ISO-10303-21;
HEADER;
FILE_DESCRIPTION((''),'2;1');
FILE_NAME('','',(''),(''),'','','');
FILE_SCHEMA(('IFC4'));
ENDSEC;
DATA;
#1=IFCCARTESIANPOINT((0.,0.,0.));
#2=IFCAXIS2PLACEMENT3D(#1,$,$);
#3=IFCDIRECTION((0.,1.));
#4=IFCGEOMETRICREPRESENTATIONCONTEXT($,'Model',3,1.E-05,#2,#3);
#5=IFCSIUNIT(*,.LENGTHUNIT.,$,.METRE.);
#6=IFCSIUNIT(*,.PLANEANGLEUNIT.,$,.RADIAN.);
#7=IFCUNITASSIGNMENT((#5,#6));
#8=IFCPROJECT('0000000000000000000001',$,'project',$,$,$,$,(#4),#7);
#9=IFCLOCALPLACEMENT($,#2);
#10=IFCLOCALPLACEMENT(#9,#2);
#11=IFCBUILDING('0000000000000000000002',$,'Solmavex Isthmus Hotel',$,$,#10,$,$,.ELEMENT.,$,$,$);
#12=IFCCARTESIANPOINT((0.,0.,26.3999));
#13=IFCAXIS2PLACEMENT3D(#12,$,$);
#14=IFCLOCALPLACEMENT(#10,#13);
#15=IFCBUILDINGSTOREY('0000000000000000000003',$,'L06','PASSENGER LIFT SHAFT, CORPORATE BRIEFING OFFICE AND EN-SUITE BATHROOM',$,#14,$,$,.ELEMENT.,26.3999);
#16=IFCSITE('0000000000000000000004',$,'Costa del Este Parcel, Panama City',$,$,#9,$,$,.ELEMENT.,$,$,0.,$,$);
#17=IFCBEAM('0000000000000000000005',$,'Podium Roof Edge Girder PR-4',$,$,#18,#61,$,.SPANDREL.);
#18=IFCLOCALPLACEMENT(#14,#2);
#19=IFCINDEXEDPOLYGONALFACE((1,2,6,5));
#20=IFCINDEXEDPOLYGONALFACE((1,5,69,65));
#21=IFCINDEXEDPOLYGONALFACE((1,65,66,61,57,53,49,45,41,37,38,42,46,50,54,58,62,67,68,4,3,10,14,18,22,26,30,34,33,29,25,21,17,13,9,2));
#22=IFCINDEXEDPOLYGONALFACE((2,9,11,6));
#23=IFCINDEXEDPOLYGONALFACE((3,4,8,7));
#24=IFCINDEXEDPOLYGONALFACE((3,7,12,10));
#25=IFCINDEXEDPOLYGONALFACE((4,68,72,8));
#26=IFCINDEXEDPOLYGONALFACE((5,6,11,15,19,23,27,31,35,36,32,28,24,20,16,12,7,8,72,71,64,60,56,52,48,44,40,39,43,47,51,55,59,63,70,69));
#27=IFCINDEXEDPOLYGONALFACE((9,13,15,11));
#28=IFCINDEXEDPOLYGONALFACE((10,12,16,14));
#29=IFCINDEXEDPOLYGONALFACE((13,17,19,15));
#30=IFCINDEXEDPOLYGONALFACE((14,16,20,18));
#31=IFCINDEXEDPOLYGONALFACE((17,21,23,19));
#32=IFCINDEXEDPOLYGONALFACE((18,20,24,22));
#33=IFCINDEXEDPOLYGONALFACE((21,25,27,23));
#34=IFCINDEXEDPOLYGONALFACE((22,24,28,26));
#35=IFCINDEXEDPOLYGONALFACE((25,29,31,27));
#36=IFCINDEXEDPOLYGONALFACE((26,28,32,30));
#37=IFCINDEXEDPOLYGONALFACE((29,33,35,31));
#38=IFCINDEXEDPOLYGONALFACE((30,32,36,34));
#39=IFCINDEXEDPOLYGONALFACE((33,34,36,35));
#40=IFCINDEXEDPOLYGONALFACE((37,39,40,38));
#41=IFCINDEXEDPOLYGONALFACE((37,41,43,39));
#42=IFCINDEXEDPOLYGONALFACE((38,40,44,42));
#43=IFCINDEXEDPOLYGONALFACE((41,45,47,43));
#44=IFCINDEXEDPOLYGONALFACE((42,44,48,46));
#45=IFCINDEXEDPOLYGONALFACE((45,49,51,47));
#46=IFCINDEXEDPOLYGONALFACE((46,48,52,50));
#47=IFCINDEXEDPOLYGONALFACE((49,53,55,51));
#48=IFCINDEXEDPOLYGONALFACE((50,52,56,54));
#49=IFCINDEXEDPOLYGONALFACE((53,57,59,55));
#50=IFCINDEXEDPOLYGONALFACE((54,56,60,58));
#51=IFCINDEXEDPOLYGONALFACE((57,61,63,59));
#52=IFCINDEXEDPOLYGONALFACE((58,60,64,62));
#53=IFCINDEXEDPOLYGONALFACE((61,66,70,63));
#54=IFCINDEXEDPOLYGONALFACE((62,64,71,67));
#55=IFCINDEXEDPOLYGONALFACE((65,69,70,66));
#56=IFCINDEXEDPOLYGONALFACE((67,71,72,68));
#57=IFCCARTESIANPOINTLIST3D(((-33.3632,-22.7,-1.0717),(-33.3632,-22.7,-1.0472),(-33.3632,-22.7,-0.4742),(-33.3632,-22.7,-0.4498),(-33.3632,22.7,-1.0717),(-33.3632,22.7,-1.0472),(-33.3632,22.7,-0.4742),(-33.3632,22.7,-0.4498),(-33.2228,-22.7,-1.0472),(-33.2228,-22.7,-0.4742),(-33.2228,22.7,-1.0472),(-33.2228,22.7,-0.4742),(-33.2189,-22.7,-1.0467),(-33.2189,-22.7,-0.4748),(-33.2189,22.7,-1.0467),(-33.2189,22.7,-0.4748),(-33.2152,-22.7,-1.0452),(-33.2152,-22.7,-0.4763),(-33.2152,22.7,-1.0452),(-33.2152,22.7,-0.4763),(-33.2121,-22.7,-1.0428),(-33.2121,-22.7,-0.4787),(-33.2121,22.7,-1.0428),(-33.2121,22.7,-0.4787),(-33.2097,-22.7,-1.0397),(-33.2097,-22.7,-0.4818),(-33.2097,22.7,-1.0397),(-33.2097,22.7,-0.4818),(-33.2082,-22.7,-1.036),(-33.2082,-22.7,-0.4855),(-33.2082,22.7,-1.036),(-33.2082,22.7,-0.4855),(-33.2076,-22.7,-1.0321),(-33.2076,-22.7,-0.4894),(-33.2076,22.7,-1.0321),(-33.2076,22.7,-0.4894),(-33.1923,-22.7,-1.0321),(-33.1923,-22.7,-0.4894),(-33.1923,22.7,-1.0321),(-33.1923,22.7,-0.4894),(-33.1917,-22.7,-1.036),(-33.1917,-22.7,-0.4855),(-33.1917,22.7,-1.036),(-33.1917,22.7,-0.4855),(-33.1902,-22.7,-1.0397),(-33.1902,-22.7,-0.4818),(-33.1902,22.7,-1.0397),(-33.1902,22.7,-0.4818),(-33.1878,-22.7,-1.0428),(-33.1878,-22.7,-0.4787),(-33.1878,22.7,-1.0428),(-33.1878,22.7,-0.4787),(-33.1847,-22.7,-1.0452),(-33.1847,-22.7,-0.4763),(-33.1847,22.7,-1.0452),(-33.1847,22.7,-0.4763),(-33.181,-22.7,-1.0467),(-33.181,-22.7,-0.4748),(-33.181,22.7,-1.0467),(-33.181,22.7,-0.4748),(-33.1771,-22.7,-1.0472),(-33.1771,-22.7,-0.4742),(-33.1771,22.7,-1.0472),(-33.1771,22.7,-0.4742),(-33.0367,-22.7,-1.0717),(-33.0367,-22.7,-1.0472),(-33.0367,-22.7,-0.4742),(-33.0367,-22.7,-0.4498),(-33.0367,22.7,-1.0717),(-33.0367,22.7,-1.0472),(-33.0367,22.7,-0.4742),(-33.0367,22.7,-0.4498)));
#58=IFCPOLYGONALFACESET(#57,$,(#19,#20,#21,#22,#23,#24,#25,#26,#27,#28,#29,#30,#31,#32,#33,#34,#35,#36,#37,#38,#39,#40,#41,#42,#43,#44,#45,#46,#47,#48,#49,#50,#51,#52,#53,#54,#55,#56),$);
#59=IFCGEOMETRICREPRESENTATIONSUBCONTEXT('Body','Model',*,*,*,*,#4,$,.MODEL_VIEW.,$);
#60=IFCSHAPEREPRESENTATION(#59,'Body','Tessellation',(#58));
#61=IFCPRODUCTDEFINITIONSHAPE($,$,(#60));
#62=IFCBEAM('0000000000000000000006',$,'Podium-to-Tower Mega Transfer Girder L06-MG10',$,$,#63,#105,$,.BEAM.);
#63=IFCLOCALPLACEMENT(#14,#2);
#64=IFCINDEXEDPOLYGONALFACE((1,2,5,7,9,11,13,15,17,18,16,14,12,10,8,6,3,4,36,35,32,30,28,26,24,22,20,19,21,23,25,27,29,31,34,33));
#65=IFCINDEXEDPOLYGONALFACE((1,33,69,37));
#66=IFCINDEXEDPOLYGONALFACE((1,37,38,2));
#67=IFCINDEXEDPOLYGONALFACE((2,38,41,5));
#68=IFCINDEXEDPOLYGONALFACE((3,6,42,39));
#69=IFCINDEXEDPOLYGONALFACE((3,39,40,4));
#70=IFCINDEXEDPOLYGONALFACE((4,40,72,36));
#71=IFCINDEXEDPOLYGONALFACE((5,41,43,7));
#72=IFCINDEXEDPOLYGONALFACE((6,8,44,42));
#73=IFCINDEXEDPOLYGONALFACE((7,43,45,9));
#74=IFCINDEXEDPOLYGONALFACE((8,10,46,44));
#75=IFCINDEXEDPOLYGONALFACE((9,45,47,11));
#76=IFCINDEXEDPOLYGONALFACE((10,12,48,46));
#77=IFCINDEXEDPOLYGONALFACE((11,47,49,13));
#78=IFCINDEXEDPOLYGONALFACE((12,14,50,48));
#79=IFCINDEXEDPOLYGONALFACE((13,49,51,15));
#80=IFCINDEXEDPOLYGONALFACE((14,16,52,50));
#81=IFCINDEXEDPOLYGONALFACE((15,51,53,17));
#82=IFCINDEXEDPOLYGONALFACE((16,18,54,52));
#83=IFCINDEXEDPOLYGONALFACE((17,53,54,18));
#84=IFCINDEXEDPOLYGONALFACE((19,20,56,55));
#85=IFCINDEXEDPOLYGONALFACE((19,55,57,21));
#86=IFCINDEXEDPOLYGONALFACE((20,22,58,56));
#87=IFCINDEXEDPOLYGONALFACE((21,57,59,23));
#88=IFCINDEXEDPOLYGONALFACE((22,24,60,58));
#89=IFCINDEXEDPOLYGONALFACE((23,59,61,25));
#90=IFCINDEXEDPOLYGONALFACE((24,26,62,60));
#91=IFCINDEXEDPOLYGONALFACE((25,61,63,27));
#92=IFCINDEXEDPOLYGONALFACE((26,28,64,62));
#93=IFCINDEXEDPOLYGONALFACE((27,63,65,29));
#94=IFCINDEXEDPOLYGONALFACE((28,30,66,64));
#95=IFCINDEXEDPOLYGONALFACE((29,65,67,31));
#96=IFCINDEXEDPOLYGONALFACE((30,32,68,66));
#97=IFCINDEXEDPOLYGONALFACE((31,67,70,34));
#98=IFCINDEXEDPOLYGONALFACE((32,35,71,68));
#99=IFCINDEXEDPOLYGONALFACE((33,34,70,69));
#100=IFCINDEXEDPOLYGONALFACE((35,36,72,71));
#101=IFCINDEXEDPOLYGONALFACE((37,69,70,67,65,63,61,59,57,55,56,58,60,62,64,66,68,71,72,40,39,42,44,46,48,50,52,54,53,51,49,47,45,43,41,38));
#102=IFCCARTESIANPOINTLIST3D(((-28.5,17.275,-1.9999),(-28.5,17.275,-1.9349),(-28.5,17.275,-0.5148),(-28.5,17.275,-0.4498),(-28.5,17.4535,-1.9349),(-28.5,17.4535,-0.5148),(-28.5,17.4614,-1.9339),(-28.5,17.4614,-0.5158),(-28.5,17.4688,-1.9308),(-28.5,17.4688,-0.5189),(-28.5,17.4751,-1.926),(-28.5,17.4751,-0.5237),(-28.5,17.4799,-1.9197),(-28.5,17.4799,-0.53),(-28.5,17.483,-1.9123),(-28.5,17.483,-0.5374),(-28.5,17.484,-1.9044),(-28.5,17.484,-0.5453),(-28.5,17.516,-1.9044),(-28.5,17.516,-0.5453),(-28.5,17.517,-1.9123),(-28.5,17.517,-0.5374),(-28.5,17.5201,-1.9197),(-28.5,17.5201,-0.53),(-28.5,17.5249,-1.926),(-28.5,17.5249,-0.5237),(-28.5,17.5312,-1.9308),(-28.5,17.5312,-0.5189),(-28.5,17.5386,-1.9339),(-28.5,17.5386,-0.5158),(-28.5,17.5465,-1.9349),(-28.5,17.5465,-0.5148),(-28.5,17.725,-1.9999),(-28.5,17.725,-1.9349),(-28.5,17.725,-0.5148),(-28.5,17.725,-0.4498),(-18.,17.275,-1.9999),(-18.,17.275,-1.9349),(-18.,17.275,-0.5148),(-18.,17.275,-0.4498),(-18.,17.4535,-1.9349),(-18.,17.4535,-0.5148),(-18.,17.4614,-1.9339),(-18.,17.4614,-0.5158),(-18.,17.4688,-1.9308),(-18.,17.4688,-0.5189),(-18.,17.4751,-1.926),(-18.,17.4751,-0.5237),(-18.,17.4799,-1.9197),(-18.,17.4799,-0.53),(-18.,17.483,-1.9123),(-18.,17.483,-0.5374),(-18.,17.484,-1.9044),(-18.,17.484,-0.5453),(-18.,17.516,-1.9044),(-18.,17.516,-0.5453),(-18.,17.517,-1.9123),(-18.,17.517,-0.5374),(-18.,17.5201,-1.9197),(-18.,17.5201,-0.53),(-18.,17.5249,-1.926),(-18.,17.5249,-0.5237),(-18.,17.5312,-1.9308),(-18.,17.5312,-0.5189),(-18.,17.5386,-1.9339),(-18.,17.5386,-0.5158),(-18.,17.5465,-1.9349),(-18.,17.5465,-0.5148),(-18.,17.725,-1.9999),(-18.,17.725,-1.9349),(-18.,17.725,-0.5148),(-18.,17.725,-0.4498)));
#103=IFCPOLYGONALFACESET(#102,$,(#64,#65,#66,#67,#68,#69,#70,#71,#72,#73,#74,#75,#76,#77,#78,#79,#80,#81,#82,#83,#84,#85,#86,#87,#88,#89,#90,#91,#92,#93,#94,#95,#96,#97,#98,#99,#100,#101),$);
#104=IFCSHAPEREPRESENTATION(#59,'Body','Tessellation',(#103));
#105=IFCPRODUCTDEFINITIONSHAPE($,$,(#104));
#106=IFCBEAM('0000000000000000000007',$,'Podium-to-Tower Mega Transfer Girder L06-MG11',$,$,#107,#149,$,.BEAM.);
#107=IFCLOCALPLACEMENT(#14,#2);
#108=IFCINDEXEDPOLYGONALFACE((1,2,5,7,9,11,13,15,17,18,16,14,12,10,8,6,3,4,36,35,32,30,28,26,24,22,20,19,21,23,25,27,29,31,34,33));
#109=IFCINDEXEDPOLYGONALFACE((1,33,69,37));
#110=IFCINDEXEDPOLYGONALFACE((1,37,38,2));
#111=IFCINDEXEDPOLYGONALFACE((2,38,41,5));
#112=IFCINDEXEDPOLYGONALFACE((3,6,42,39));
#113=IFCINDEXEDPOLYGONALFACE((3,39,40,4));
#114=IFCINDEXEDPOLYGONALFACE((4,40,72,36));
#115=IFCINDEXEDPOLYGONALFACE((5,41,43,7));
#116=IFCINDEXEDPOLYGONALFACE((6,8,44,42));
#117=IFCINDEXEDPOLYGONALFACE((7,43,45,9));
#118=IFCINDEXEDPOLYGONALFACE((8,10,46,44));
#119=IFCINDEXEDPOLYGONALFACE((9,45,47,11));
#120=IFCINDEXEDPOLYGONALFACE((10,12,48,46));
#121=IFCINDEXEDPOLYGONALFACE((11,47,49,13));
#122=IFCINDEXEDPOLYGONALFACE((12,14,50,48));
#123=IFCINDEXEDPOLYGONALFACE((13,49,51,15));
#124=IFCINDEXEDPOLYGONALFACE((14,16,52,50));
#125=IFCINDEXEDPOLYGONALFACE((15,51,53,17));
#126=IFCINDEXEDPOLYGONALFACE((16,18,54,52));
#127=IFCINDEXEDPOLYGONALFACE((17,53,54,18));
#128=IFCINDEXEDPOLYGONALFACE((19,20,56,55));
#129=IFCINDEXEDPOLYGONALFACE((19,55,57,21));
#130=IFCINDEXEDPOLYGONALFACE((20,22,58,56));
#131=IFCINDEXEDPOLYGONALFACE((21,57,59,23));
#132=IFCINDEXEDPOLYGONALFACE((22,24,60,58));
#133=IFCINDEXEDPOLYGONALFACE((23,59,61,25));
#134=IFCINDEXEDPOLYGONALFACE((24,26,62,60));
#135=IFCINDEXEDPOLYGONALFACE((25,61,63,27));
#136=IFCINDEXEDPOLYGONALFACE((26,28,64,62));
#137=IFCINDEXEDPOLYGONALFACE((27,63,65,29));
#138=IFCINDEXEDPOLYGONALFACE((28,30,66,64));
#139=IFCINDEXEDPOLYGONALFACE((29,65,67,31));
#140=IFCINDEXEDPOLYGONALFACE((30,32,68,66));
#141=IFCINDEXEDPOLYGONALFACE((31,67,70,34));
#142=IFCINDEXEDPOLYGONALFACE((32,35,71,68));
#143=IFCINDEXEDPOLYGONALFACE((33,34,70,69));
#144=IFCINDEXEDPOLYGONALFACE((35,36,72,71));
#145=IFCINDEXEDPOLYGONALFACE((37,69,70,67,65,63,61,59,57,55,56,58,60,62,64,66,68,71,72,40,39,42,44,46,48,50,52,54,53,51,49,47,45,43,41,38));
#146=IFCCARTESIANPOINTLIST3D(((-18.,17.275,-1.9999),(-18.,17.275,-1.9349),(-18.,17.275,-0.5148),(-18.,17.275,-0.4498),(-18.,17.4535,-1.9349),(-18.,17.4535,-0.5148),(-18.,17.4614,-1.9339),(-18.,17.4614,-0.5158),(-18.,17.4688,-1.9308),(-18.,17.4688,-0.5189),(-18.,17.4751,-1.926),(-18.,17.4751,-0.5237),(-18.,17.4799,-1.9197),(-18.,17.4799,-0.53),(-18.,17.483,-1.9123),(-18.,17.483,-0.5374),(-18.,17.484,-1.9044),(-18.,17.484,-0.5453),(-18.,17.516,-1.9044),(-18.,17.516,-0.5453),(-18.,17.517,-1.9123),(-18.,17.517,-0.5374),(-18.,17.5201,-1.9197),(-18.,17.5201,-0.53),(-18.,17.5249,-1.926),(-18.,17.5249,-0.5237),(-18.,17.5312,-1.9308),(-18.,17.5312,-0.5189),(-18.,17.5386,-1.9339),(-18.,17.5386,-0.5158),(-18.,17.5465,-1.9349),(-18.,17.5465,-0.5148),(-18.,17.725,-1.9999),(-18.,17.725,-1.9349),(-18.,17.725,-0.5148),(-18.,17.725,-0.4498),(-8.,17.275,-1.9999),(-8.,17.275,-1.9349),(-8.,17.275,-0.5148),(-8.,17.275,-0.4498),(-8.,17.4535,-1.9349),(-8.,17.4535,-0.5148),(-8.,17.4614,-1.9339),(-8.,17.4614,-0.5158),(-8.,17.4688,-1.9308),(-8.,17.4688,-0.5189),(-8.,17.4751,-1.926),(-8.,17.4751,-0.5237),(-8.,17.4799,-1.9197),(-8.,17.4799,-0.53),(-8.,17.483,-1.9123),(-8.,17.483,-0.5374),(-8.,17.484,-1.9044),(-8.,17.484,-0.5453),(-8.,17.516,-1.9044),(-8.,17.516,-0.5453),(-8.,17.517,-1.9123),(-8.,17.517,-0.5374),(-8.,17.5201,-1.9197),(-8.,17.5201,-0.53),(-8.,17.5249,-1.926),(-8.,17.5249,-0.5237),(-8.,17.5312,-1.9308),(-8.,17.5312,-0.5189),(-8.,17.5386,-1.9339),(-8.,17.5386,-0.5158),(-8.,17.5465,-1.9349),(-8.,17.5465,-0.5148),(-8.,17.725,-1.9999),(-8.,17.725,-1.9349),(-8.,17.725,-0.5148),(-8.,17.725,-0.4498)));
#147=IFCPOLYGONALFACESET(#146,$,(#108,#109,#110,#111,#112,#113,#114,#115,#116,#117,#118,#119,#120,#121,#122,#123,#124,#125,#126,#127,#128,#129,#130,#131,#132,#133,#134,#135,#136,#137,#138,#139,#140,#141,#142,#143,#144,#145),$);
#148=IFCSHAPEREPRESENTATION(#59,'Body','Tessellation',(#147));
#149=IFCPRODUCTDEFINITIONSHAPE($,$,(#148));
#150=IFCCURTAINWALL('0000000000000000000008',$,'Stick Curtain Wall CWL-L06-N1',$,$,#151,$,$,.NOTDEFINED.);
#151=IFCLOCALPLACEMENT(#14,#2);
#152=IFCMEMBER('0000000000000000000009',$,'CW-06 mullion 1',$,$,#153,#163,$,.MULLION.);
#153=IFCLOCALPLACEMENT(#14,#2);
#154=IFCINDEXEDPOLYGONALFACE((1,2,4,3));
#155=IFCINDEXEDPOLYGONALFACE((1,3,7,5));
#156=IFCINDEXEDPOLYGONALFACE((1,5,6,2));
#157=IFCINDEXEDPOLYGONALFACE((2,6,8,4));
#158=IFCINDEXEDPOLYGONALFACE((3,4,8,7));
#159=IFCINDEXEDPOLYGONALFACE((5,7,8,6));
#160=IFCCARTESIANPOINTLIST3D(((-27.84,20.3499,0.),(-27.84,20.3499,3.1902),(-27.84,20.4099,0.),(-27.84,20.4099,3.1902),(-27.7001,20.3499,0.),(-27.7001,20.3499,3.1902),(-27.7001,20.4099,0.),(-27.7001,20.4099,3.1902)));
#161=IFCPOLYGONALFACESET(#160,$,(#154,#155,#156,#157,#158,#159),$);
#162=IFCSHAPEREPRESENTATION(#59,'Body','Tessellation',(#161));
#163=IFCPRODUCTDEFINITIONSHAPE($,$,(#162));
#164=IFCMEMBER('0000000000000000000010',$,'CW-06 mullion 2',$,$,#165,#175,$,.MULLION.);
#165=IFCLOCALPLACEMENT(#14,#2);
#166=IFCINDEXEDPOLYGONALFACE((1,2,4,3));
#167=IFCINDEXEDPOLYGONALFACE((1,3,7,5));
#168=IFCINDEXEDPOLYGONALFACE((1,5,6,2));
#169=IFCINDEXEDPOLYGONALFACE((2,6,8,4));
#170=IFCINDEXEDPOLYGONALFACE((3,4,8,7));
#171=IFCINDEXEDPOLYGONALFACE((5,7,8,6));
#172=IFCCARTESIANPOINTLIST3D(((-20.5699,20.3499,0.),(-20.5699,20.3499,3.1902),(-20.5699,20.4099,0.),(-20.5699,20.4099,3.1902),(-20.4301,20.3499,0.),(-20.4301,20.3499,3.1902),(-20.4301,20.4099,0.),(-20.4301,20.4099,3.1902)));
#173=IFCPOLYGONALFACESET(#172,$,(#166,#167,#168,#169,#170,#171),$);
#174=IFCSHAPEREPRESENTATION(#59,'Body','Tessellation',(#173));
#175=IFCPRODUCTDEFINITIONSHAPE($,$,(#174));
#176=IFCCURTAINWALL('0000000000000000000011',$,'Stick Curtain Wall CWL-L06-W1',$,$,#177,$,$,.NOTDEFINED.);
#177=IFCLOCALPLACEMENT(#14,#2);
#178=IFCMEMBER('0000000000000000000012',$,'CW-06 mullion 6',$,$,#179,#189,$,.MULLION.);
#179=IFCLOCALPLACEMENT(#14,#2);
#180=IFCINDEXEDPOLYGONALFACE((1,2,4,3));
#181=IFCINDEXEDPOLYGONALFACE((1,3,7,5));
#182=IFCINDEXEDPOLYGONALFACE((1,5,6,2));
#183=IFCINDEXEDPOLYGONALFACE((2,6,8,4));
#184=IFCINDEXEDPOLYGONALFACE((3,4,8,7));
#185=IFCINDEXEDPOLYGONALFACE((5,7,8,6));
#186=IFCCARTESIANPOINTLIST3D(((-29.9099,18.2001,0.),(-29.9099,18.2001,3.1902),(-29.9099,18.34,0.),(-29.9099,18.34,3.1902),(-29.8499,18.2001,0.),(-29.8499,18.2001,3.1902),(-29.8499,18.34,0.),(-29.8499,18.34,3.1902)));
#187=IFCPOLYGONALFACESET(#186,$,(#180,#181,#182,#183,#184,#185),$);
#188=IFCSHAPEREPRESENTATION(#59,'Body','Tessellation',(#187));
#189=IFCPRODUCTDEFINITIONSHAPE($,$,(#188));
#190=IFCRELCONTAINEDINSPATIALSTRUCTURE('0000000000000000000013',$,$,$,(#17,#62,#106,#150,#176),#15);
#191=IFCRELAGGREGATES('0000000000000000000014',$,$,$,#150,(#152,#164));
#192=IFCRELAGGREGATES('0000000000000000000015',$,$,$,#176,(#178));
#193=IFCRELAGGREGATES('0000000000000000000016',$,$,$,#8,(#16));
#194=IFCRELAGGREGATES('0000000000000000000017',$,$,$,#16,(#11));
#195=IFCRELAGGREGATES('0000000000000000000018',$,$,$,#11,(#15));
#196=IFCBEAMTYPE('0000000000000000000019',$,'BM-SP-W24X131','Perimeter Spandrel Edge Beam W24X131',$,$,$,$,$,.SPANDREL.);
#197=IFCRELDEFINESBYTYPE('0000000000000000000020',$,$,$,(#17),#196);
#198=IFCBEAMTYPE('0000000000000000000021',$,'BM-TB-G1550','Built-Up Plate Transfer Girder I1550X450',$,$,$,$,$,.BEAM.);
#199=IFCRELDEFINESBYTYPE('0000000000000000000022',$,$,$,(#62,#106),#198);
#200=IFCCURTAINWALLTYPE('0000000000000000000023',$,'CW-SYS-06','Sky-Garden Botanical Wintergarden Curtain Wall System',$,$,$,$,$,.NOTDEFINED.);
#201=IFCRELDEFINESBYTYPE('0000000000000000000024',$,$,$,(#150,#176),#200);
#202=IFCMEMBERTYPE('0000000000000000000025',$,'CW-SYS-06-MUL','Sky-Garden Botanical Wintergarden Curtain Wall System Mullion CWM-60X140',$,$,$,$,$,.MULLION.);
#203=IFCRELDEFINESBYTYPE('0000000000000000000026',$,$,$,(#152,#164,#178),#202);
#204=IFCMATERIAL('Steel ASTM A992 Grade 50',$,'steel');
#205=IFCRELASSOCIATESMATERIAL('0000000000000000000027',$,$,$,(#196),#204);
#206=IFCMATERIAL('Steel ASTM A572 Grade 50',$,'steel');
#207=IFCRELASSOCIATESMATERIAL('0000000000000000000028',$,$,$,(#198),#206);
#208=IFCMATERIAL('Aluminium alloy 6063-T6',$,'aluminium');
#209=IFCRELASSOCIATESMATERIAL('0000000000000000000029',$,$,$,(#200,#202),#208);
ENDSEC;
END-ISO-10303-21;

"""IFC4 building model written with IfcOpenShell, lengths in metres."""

from ifc_helpers import new_model, si_unit, direction, frame, origin, origin_2d, place, context, subcontext, project, spatial, rectangle, i_section, extrude, material, material_profile, profile_set, type_object, element, aggregate, save


model = new_model("IFC4")

# Units and contexts
model_context = context("Model", 3, precision=1e-05, world=origin(), true_north=direction((0.0, 1.0)))
body_context = subcontext(model_context, "Body", "Model", "MODEL_VIEW")
ifc_project = project(units=[si_unit("LENGTHUNIT", "METRE"), si_unit("PLANEANGLEUNIT", "RADIAN")], contexts=[model_context])

# Site, building, storey
site_placement = place(None, origin())
site = spatial("IfcSite", under=ifc_project, at=site_placement, Name="Costa del Este Parcel, Panama City", CompositionType="ELEMENT", RefElevation=0.0)
building_placement = place(site_placement, origin())
building = spatial("IfcBuilding", under=site, at=building_placement, Name="Solmavex Isthmus Hotel", CompositionType="ELEMENT")
storey_placement = place(building_placement, frame((0.0, 0.0, 26.3999)))
storey = spatial("IfcBuildingStorey", under=building, at=storey_placement, Name="L06", Description="PASSENGER LIFT SHAFT, CORPORATE BRIEFING OFFICE AND EN-SUITE BATHROOM", CompositionType="ELEMENT", Elevation=26.3999)

# Beams
ifc_material_1 = material(Name="Steel ASTM A992 Grade 50", Category="steel")
ifc_material_profile_1 = material_profile(ifc_material_1, i_section(OverallWidth=0.3264, OverallDepth=0.6218, WebThickness=0.0154, FlangeThickness=0.0244, FilletRadius=0.0151, at=origin_2d()), Name="W24X131")
ifc_profile_set_1 = profile_set([ifc_material_profile_1], Name="Steel ASTM A992 Grade 50")
beam_type_1 = type_object("IfcBeamType", Name="BM-SP-W24X131", Description="Perimeter Spandrel Edge Beam W24X131", PredefinedType="SPANDREL", material=ifc_profile_set_1)
beam_1_placement = place(storey_placement, frame((-33.2, 22.7, -0.7607), z_axis=(0.0, -1.0, 0.0), x_axis=(1.0, 0.0, 0.0)))
element("IfcBeam", 1, at=beam_1_placement, inside=storey, type_object=beam_type_1, Name="Podium Roof Edge Girder PR-4", PredefinedType="SPANDREL", context=body_context, shape_type="SweptSolid", body=[
    extrude(i_section(OverallWidth=0.3264, OverallDepth=0.6218, WebThickness=0.0154, FlangeThickness=0.0244, FilletRadius=0.0151, at=origin_2d()), origin(), (0.0, 0.0, 1.0), 45.3999),
])
ifc_material_2 = material(Name="Steel ASTM A572 Grade 50", Category="steel")
ifc_material_profile_2 = material_profile(ifc_material_2, i_section(OverallWidth=0.45, OverallDepth=1.55, WebThickness=0.032, FlangeThickness=0.0649, FilletRadius=0.0305, at=origin_2d()), Name="I1550X450")
ifc_profile_set_2 = profile_set([ifc_material_profile_2], Name="Steel ASTM A572 Grade 50")
beam_type_2 = type_object("IfcBeamType", Name="BM-TB-G1550", Description="Built-Up Plate Transfer Girder I1550X450", PredefinedType="BEAM", material=ifc_profile_set_2)
beam_2_placement = place(storey_placement, frame((-28.5, 17.5, -1.2249), z_axis=(1.0, 0.0, 0.0), x_axis=(0.0, 1.0, 0.0)))
element("IfcBeam", 2, at=beam_2_placement, inside=storey, type_object=beam_type_2, Name="Podium-to-Tower Mega Transfer Girder L06-MG10", PredefinedType="BEAM", context=body_context, shape_type="SweptSolid", body=[
    extrude(i_section(OverallWidth=0.45, OverallDepth=1.55, WebThickness=0.032, FlangeThickness=0.0649, FilletRadius=0.0305, at=origin_2d()), origin(), (0.0, 0.0, 1.0), 10.5),
])
beam_3_placement = place(storey_placement, frame((-18.0, 17.5, -1.2249), z_axis=(1.0, 0.0, 0.0), x_axis=(0.0, 1.0, 0.0)))
element("IfcBeam", 3, at=beam_3_placement, inside=storey, type_object=beam_type_2, Name="Podium-to-Tower Mega Transfer Girder L06-MG11", PredefinedType="BEAM", context=body_context, shape_type="SweptSolid", body=[
    extrude(i_section(OverallWidth=0.45, OverallDepth=1.55, WebThickness=0.032, FlangeThickness=0.0649, FilletRadius=0.0305, at=origin_2d()), origin(), (0.0, 0.0, 1.0), 10.0),
])

# Curtain wall, members
ifc_material_3 = material(Name="Aluminium alloy 6063-T6", Category="aluminium")
curtain_wall_type = type_object("IfcCurtainWallType", Name="CW-SYS-06", Description="Sky-Garden Botanical Wintergarden Curtain Wall System", PredefinedType="NOTDEFINED", material=ifc_material_3)
curtain_wall_1_placement = place(storey_placement, origin())
curtain_wall_1 = element("IfcCurtainWall", 4, at=curtain_wall_1_placement, inside=storey, type_object=curtain_wall_type, Name="Stick Curtain Wall CWL-L06-N1", PredefinedType="NOTDEFINED")
ifc_material_profile_3 = material_profile(ifc_material_3, rectangle(XDim=0.0601, YDim=0.1399, at=origin_2d()), Name="CWM-60X140")
ifc_profile_set_3 = profile_set([ifc_material_profile_3], Name="Aluminium alloy 6063-T6")
member_type_1 = type_object("IfcMemberType", Name="CW-SYS-06-MUL", Description="Sky-Garden Botanical Wintergarden Curtain Wall System Mullion CWM-60X140", PredefinedType="MULLION", material=ifc_profile_set_3)
member_1_placement = place(storey_placement, frame((-27.77, 20.3799, 0.0), z_axis=(0.0, 0.0, 1.0), x_axis=(0.0, 1.0, 0.0)))
member_1 = element("IfcMember", 5, at=member_1_placement, type_object=member_type_1, Name="CW-06 mullion 1", PredefinedType="MULLION", context=body_context, shape_type="SweptSolid", body=[
    extrude(rectangle(XDim=0.0601, YDim=0.1399, at=origin_2d()), origin(), (0.0, 0.0, 1.0), 3.1902),
])
member_2_placement = place(storey_placement, frame((-20.5, 20.3799, 0.0), z_axis=(0.0, 0.0, 1.0), x_axis=(0.0, 1.0, 0.0)))
member_2 = element("IfcMember", 6, at=member_2_placement, type_object=member_type_1, Name="CW-06 mullion 2", PredefinedType="MULLION", context=body_context, shape_type="SweptSolid", body=[
    extrude(rectangle(XDim=0.0601, YDim=0.1399, at=origin_2d()), origin(), (0.0, 0.0, 1.0), 3.1902),
])

# Curtain wall, member
curtain_wall_2_placement = place(storey_placement, origin())
curtain_wall_2 = element("IfcCurtainWall", 7, at=curtain_wall_2_placement, inside=storey, type_object=curtain_wall_type, Name="Stick Curtain Wall CWL-L06-W1", PredefinedType="NOTDEFINED")
member_3_placement = place(storey_placement, frame((-29.8799, 18.27, 0.0), z_axis=(0.0, 0.0, 1.0), x_axis=(-1.0, 0.0, 0.0)))
member_3 = element("IfcMember", 8, at=member_3_placement, type_object=member_type_1, Name="CW-06 mullion 6", PredefinedType="MULLION", context=body_context, shape_type="SweptSolid", body=[
    extrude(rectangle(XDim=0.0601, YDim=0.1399, at=origin_2d()), origin(), (0.0, 0.0, 1.0), 3.1902),
])

aggregate(curtain_wall_1, [member_1, member_2])
aggregate(curtain_wall_2, [member_3])

save(model, "model.ifc")
